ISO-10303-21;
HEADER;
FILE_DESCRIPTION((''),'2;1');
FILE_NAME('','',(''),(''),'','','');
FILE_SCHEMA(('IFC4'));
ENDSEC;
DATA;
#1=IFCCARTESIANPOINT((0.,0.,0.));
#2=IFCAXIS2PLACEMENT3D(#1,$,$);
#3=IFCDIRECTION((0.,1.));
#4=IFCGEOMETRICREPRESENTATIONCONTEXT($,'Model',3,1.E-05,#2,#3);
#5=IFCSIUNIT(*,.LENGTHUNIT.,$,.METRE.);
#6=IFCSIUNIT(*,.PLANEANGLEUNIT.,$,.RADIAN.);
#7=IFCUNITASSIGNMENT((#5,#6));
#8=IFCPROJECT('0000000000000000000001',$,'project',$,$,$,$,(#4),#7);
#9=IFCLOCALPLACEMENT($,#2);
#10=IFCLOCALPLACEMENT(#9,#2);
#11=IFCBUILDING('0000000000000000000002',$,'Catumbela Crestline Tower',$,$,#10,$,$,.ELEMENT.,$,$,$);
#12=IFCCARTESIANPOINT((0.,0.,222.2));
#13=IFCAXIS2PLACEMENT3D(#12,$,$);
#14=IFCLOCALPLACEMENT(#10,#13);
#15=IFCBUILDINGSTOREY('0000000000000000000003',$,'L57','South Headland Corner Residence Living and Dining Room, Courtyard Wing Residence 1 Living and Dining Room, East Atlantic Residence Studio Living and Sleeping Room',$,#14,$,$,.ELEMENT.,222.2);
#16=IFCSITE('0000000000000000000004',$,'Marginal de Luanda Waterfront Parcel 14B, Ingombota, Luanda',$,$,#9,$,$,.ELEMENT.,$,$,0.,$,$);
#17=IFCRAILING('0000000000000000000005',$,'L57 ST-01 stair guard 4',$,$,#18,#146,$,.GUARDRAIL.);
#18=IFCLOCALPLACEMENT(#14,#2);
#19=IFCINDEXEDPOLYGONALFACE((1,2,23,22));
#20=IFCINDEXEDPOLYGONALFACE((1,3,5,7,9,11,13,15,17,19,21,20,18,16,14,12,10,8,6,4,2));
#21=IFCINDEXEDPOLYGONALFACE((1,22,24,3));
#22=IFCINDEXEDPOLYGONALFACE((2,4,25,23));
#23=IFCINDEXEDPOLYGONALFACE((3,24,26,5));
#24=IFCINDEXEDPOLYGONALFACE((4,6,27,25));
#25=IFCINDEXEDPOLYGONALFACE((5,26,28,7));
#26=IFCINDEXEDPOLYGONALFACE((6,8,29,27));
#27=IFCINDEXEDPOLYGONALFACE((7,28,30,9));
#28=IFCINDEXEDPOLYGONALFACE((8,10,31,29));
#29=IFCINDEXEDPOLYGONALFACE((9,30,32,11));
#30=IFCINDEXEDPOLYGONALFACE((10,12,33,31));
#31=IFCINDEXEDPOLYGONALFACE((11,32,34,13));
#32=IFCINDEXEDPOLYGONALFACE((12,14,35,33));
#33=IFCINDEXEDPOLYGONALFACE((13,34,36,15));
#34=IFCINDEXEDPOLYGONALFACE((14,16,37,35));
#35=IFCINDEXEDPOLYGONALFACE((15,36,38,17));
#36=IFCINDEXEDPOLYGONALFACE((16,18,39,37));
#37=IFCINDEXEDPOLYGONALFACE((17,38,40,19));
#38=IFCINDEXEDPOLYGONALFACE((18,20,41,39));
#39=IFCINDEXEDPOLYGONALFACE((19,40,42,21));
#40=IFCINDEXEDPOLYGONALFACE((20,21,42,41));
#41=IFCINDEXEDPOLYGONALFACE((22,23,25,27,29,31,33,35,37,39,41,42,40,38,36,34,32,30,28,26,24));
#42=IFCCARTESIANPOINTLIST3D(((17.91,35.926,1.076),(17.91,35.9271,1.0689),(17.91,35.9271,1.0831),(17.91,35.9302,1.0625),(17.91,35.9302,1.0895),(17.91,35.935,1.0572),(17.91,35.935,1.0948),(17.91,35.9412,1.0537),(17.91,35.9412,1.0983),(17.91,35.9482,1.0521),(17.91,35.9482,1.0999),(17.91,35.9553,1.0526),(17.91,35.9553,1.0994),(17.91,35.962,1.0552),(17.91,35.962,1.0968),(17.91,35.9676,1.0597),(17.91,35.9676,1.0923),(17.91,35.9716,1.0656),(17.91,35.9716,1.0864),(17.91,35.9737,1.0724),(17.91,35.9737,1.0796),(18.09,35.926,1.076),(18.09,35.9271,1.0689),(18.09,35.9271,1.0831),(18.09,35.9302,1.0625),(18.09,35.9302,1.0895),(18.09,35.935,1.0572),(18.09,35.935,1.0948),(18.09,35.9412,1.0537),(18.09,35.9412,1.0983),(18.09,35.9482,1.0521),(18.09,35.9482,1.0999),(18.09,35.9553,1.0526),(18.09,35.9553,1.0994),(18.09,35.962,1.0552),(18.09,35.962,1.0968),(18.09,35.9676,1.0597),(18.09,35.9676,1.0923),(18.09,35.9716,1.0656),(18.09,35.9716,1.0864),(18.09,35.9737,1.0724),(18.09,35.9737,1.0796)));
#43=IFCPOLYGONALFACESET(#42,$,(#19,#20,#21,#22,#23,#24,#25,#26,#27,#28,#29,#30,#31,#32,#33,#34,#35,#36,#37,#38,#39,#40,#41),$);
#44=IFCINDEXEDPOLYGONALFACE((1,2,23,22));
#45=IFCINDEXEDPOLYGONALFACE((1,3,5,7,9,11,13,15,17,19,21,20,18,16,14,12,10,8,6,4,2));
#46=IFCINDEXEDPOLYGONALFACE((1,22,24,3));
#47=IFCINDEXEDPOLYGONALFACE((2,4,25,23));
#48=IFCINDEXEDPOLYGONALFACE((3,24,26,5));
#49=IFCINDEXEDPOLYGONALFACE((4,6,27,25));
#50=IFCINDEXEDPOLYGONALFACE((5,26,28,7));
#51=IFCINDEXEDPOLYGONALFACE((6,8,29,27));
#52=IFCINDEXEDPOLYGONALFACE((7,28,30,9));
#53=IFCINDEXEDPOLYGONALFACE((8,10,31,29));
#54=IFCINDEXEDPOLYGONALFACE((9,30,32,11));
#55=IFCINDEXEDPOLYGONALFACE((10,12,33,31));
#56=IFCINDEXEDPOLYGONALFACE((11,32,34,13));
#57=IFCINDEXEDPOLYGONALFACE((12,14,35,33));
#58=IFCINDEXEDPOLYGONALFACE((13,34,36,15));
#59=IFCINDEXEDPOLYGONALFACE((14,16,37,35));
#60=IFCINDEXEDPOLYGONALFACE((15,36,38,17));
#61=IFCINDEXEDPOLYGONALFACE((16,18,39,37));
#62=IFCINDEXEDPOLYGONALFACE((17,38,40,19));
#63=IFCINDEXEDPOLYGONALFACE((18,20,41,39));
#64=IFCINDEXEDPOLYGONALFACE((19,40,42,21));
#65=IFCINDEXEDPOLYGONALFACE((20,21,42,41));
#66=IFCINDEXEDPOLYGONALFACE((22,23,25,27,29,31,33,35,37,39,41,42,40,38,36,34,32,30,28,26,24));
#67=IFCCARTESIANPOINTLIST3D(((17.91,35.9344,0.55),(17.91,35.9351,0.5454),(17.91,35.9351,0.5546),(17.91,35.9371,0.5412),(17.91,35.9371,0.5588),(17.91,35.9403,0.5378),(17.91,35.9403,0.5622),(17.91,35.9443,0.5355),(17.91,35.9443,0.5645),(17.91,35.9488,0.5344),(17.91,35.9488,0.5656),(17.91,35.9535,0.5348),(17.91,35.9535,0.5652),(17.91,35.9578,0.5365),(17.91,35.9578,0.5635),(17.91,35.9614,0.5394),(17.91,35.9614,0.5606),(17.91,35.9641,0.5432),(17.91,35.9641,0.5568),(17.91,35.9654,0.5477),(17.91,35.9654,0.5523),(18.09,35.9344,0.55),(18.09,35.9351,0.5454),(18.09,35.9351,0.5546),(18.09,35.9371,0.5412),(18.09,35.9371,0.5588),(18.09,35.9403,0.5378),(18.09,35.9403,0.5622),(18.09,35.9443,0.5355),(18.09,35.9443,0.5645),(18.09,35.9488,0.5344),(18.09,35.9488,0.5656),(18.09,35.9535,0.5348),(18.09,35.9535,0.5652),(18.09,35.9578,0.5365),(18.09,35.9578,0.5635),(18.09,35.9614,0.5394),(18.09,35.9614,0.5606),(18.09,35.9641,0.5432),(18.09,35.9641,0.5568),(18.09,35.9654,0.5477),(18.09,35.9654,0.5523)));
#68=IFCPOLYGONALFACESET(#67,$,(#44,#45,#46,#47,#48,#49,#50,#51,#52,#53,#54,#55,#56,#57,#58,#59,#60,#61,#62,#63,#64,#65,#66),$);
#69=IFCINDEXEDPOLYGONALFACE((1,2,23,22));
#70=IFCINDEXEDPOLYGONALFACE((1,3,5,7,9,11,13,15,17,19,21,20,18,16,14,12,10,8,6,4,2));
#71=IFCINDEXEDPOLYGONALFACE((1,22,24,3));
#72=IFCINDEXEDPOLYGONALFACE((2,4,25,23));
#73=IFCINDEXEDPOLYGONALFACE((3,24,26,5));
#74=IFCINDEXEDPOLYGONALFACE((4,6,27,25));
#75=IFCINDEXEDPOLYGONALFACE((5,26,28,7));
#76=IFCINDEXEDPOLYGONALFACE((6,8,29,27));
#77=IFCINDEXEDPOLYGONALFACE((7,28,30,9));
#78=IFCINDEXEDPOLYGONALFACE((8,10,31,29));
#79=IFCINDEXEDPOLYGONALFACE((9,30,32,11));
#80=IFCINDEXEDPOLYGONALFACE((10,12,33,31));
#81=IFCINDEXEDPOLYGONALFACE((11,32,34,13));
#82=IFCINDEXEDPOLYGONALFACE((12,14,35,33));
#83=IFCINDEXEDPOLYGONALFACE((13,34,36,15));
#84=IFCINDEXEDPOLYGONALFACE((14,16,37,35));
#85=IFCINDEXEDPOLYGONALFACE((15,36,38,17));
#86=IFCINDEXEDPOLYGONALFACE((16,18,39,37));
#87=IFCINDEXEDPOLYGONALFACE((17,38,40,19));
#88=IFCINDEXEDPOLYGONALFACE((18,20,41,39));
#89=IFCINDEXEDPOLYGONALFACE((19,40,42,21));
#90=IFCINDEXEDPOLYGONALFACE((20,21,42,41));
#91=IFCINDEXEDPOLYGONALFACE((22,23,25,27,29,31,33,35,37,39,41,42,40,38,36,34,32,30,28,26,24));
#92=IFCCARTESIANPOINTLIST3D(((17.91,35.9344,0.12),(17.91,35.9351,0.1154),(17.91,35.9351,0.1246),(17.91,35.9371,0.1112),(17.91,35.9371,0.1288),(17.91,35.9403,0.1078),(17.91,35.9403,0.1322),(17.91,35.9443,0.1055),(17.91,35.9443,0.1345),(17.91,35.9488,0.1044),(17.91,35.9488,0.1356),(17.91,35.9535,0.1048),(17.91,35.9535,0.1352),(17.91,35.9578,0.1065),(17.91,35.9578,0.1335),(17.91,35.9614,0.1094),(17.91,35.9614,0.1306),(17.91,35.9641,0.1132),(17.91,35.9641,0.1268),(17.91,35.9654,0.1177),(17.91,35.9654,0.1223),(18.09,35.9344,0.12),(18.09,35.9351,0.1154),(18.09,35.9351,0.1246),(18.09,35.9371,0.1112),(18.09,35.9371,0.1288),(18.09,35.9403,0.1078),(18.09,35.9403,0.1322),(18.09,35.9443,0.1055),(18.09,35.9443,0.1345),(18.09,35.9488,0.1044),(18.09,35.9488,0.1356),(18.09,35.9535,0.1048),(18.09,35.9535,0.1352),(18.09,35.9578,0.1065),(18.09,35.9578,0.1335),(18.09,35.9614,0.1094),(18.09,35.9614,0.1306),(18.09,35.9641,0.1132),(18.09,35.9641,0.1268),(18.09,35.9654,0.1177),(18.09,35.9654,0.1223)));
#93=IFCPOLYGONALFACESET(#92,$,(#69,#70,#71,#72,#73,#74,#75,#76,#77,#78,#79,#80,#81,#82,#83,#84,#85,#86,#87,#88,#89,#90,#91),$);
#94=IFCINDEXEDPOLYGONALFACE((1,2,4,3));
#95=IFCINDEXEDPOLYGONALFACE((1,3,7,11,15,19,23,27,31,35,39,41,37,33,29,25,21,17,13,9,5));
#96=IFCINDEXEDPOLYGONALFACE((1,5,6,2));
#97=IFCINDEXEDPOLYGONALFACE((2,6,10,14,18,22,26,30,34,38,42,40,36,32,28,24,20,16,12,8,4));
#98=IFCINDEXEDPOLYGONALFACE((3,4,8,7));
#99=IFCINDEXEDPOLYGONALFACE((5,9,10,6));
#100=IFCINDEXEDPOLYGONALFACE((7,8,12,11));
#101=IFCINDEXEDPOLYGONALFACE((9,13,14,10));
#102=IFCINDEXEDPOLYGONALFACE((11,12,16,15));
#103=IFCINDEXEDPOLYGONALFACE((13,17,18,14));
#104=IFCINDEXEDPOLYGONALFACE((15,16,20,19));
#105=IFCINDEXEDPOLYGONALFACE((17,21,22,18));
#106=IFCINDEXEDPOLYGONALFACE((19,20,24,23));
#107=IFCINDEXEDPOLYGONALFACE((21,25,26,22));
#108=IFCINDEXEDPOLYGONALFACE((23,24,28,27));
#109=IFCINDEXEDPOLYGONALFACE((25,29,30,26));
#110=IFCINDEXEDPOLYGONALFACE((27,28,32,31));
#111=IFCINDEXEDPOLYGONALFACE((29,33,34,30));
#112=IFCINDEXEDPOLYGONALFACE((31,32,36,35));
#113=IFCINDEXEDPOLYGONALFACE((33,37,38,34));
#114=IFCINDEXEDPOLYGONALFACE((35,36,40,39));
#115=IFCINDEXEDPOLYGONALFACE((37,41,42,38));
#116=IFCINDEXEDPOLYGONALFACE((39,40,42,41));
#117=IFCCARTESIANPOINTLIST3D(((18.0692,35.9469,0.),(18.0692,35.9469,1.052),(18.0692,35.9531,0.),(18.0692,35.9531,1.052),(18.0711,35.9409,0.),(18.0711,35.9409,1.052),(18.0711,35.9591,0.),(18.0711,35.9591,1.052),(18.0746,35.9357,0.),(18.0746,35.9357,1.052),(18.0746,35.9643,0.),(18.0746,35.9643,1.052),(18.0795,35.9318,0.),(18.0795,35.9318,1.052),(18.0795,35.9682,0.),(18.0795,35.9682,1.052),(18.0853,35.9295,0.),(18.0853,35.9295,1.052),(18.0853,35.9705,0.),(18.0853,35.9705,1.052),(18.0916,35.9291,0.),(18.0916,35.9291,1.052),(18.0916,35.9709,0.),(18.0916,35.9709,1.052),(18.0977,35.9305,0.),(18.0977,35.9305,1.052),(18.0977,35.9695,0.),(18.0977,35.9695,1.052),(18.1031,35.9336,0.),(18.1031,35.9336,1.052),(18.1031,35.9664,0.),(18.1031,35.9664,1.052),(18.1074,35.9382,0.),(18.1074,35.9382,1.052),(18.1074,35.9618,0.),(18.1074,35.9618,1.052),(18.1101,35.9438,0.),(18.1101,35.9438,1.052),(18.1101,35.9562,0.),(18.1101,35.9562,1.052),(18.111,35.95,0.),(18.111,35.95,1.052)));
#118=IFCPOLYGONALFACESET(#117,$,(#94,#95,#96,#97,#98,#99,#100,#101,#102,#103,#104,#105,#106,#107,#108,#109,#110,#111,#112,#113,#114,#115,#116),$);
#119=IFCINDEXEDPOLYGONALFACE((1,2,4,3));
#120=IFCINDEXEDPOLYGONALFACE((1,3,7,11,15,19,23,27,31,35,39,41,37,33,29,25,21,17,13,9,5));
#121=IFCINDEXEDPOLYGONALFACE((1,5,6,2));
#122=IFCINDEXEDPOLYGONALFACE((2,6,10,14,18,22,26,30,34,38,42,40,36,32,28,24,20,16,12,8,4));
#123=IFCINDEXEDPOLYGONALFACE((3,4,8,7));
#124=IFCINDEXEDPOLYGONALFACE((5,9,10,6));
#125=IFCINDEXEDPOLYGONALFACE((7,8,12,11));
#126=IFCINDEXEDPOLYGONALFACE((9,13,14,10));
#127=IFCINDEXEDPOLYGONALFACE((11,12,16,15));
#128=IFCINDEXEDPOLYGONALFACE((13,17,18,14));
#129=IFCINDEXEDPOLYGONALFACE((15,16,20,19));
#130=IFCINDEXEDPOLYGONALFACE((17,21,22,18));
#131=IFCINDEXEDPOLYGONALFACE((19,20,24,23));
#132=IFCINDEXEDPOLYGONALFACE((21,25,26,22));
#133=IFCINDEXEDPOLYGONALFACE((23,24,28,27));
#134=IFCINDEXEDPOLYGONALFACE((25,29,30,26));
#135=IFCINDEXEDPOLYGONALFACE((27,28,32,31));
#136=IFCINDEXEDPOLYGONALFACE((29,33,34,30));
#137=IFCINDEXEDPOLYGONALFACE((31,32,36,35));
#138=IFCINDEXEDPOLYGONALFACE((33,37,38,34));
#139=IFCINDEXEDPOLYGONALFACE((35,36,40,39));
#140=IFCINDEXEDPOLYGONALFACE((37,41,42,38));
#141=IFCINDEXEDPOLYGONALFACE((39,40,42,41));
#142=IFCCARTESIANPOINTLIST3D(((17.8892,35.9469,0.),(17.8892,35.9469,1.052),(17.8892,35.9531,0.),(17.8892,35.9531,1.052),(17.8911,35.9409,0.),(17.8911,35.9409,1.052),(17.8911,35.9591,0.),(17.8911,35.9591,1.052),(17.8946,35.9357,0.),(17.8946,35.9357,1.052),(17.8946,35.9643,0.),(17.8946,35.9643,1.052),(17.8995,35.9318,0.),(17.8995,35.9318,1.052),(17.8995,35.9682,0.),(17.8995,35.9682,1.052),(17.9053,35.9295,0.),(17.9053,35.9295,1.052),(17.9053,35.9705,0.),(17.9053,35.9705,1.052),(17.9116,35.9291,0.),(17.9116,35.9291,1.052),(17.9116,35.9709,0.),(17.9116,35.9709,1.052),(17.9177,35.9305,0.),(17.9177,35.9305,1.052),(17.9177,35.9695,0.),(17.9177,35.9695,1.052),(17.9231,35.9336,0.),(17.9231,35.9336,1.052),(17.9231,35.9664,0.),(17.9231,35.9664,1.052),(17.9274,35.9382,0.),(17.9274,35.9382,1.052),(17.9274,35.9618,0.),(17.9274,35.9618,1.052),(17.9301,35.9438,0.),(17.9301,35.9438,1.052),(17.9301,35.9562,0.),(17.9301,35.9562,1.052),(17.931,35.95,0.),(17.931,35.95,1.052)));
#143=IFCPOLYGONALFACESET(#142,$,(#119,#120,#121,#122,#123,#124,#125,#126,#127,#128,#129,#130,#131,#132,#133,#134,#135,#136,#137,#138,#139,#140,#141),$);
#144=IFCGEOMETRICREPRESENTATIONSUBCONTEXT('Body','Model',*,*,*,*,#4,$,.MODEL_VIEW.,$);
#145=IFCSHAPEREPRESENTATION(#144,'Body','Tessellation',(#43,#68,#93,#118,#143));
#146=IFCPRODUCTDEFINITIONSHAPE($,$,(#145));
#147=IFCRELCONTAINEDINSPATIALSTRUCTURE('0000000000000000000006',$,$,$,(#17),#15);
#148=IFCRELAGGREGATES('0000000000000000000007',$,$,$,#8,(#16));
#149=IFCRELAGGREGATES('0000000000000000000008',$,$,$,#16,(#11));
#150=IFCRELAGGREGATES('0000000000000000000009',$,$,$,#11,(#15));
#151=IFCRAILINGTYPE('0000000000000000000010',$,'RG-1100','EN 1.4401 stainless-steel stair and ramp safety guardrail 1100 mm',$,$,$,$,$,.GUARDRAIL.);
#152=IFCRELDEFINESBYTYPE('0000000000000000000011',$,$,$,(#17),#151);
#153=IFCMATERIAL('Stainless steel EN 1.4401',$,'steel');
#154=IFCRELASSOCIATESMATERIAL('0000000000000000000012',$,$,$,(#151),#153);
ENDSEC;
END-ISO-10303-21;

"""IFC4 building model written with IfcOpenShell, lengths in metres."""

from ifc_helpers import new_model, si_unit, direction, frame, origin, origin_2d, place, context, subcontext, project, spatial, circle, extrude, material, type_object, element, save


model = new_model("IFC4")

# Units and contexts
model_context = context("Model", 3, precision=1e-05, world=origin(), true_north=direction((0.0, 1.0)))
body_context = subcontext(model_context, "Body", "Model", "MODEL_VIEW")
ifc_project = project(units=[si_unit("LENGTHUNIT", "METRE"), si_unit("PLANEANGLEUNIT", "RADIAN")], contexts=[model_context])

# Site, building, storey
site_placement = place(None, origin())
site = spatial("IfcSite", under=ifc_project, at=site_placement, Name="Marginal de Luanda Waterfront Parcel 14B, Ingombota, Luanda", CompositionType="ELEMENT", RefElevation=0.0)
building_placement = place(site_placement, origin())
building = spatial("IfcBuilding", under=site, at=building_placement, Name="Catumbela Crestline Tower", CompositionType="ELEMENT")
storey_placement = place(building_placement, frame((0.0, 0.0, 222.2)))
storey = spatial("IfcBuildingStorey", under=building, at=storey_placement, Name="L57", Description="South Headland Corner Residence Living and Dining Room, Courtyard Wing Residence 1 Living and Dining Room, East Atlantic Residence Studio Living and Sleeping Room", CompositionType="ELEMENT", Elevation=222.2)

# Shared definitions
ifc_material_1 = material(Name="Stainless steel EN 1.4401", Category="steel")

# Railing
railing_type_1 = type_object("IfcRailingType", Name="RG-1100", Description="EN 1.4401 stainless-steel stair and ramp safety guardrail 1100 mm", PredefinedType="GUARDRAIL", material=ifc_material_1)
for number, where, name in (
    (1, (18.09, 35.95, 0.0), "L57 ST-01 stair guard 4"),
):
    element("IfcRailing", number, at=place(storey_placement, frame(where)), inside=storey, type_object=railing_type_1, Name=name, PredefinedType="GUARDRAIL", context=body_context, shape_type="SweptSolid", body=[
        extrude(circle(Radius=0.024, at=origin_2d()), frame((0.0, 0.0, 1.076), z_axis=(-1.0, 0.0, 0.0), x_axis=(0.0, -1.0, 0.0)), (0.0, 0.0, 1.0), 0.18),
        extrude(circle(Radius=0.0156, at=origin_2d()), frame((0.0, 0.0, 0.55), z_axis=(-1.0, 0.0, 0.0), x_axis=(0.0, -1.0, 0.0)), (0.0, 0.0, 1.0), 0.18),
        extrude(circle(Radius=0.0156, at=origin_2d()), frame((0.0, 0.0, 0.12), z_axis=(-1.0, 0.0, 0.0), x_axis=(0.0, -1.0, 0.0)), (0.0, 0.0, 1.0), 0.18),
        extrude(circle(Radius=0.021, at=origin_2d()), origin(), (0.0, 0.0, 1.0), 1.052),
        extrude(circle(Radius=0.021, at=origin_2d()), frame((-0.18, 0.0, 0.0)), (0.0, 0.0, 1.0), 1.052),
    ])

save(model, "model.ifc")
